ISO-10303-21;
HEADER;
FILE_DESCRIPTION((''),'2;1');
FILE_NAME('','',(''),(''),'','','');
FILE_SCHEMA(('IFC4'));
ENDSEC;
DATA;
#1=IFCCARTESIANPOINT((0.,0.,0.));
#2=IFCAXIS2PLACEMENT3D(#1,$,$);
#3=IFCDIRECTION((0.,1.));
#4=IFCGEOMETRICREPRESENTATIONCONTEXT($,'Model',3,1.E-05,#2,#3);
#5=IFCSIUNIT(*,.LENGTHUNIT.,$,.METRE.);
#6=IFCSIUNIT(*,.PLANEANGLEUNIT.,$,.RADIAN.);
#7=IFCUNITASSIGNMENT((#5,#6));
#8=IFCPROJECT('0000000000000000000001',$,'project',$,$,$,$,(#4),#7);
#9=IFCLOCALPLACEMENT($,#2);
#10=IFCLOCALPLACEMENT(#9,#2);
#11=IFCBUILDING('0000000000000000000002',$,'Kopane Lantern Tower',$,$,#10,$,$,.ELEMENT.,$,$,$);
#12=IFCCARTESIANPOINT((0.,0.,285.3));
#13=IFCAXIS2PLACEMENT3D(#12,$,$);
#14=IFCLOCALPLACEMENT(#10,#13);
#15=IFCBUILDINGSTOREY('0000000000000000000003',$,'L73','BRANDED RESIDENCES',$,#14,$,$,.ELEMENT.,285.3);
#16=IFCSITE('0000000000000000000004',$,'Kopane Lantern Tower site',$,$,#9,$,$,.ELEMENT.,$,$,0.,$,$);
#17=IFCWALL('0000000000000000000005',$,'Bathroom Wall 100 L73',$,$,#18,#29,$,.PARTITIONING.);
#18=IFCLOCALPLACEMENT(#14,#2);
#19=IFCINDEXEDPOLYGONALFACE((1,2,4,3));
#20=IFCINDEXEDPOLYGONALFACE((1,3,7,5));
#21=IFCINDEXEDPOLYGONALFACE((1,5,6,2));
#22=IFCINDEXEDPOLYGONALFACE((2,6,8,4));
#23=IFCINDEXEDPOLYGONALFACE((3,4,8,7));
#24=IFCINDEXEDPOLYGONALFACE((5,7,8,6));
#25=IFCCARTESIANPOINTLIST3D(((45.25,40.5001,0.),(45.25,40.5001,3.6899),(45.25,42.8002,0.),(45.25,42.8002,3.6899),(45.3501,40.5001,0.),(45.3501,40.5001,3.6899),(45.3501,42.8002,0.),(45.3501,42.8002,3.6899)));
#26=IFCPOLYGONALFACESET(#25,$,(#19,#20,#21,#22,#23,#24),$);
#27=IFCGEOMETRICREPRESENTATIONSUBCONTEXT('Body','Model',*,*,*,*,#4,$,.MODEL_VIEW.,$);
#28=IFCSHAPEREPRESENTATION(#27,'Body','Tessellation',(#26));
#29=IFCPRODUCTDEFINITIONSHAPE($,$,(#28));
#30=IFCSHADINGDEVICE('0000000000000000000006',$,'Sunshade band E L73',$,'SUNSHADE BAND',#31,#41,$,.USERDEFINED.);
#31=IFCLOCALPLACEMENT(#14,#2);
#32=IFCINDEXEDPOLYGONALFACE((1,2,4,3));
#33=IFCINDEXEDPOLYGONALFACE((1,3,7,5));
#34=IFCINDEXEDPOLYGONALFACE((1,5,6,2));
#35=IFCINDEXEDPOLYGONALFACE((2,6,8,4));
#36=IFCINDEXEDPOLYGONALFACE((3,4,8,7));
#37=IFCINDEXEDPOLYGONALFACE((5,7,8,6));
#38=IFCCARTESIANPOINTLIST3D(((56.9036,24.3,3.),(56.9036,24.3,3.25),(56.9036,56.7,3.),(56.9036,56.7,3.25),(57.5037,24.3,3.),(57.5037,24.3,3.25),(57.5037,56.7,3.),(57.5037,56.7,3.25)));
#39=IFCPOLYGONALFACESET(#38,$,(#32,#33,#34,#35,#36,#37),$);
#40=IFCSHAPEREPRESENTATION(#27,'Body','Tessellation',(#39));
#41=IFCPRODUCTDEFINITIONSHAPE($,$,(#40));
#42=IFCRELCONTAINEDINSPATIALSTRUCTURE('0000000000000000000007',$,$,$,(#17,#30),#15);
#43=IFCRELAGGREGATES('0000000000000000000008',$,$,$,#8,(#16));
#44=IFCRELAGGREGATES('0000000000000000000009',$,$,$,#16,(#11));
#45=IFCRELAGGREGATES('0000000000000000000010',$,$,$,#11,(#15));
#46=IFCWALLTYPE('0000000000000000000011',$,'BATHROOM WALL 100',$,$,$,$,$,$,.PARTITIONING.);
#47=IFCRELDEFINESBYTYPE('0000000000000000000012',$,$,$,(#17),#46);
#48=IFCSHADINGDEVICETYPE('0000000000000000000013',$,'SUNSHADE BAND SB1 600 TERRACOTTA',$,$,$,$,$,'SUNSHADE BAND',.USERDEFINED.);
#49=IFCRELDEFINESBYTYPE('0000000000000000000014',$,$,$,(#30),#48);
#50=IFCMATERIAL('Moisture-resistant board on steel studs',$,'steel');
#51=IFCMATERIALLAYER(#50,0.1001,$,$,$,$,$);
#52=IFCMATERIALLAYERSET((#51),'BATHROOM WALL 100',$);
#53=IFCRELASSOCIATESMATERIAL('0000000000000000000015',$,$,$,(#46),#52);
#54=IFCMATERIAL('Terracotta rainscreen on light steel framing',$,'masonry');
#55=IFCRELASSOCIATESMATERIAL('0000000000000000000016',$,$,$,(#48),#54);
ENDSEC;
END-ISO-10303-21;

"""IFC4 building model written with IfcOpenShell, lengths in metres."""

from ifc_helpers import new_model, si_unit, direction, frame, frame_2d, origin, origin_2d, place, context, subcontext, project, spatial, rectangle, extrude, material, layer, layer_set, type_object, element, save


model = new_model("IFC4")

# Units and contexts
model_context = context("Model", 3, precision=1e-05, world=origin(), true_north=direction((0.0, 1.0)))
body_context = subcontext(model_context, "Body", "Model", "MODEL_VIEW")
ifc_project = project(units=[si_unit("LENGTHUNIT", "METRE"), si_unit("PLANEANGLEUNIT", "RADIAN")], contexts=[model_context])

# Site, building, storey
site_placement = place(None, origin())
site = spatial("IfcSite", under=ifc_project, at=site_placement, Name="Kopane Lantern Tower site", CompositionType="ELEMENT", RefElevation=0.0)
building_placement = place(site_placement, origin())
building = spatial("IfcBuilding", under=site, at=building_placement, Name="Kopane Lantern Tower", CompositionType="ELEMENT")
storey_placement = place(building_placement, frame((0.0, 0.0, 285.3)))
storey = spatial("IfcBuildingStorey", under=building, at=storey_placement, Name="L73", Description="BRANDED RESIDENCES", CompositionType="ELEMENT", Elevation=285.3)

# Shared definitions
ifc_material_1 = material(Name="Moisture-resistant board on steel studs", Category="steel")
ifc_layer_1 = layer(ifc_material_1, 0.1001)
ifc_layer_set_1 = layer_set([ifc_layer_1], Name="BATHROOM WALL 100")
wall_type_1 = type_object("IfcWallType", Name="BATHROOM WALL 100", PredefinedType="PARTITIONING", material=ifc_layer_set_1)

# Wall
wall_1_placement = place(storey_placement, frame((45.3, 42.8, 0.0), z_axis=(0.0, 0.0, 1.0), x_axis=(0.0, -1.0, 0.0)))
element("IfcWall", 1, at=wall_1_placement, inside=storey, type_object=wall_type_1, Name="Bathroom Wall 100 L73", PredefinedType="PARTITIONING", context=body_context, shape_type="SweptSolid", body=[
    extrude(rectangle(XDim=2.3, YDim=0.1001, at=frame_2d((1.1499, 0.0))), origin(), (0.0, 0.0, 1.0), 3.6899),
])

# Shading device
ifc_material_2 = material(Name="Terracotta rainscreen on light steel framing", Category="masonry")
shading_device_type = type_object("IfcShadingDeviceType", Name="SUNSHADE BAND SB1 600 TERRACOTTA", ElementType="SUNSHADE BAND", PredefinedType="USERDEFINED", material=ifc_material_2)
shading_device_placement = place(storey_placement, frame((57.2036, 40.5, 3.0), z_axis=(0.0, 0.0, 1.0), x_axis=(0.0, 1.0, 0.0)))
element("IfcShadingDevice", 2, at=shading_device_placement, inside=storey, type_object=shading_device_type, Name="Sunshade band E L73", ObjectType="SUNSHADE BAND", PredefinedType="USERDEFINED", context=body_context, shape_type="SweptSolid", body=[
    extrude(rectangle(XDim=32.3999, YDim=0.6001, at=origin_2d()), origin(), (0.0, 0.0, 1.0), 0.25),
])

save(model, "model.ifc")
